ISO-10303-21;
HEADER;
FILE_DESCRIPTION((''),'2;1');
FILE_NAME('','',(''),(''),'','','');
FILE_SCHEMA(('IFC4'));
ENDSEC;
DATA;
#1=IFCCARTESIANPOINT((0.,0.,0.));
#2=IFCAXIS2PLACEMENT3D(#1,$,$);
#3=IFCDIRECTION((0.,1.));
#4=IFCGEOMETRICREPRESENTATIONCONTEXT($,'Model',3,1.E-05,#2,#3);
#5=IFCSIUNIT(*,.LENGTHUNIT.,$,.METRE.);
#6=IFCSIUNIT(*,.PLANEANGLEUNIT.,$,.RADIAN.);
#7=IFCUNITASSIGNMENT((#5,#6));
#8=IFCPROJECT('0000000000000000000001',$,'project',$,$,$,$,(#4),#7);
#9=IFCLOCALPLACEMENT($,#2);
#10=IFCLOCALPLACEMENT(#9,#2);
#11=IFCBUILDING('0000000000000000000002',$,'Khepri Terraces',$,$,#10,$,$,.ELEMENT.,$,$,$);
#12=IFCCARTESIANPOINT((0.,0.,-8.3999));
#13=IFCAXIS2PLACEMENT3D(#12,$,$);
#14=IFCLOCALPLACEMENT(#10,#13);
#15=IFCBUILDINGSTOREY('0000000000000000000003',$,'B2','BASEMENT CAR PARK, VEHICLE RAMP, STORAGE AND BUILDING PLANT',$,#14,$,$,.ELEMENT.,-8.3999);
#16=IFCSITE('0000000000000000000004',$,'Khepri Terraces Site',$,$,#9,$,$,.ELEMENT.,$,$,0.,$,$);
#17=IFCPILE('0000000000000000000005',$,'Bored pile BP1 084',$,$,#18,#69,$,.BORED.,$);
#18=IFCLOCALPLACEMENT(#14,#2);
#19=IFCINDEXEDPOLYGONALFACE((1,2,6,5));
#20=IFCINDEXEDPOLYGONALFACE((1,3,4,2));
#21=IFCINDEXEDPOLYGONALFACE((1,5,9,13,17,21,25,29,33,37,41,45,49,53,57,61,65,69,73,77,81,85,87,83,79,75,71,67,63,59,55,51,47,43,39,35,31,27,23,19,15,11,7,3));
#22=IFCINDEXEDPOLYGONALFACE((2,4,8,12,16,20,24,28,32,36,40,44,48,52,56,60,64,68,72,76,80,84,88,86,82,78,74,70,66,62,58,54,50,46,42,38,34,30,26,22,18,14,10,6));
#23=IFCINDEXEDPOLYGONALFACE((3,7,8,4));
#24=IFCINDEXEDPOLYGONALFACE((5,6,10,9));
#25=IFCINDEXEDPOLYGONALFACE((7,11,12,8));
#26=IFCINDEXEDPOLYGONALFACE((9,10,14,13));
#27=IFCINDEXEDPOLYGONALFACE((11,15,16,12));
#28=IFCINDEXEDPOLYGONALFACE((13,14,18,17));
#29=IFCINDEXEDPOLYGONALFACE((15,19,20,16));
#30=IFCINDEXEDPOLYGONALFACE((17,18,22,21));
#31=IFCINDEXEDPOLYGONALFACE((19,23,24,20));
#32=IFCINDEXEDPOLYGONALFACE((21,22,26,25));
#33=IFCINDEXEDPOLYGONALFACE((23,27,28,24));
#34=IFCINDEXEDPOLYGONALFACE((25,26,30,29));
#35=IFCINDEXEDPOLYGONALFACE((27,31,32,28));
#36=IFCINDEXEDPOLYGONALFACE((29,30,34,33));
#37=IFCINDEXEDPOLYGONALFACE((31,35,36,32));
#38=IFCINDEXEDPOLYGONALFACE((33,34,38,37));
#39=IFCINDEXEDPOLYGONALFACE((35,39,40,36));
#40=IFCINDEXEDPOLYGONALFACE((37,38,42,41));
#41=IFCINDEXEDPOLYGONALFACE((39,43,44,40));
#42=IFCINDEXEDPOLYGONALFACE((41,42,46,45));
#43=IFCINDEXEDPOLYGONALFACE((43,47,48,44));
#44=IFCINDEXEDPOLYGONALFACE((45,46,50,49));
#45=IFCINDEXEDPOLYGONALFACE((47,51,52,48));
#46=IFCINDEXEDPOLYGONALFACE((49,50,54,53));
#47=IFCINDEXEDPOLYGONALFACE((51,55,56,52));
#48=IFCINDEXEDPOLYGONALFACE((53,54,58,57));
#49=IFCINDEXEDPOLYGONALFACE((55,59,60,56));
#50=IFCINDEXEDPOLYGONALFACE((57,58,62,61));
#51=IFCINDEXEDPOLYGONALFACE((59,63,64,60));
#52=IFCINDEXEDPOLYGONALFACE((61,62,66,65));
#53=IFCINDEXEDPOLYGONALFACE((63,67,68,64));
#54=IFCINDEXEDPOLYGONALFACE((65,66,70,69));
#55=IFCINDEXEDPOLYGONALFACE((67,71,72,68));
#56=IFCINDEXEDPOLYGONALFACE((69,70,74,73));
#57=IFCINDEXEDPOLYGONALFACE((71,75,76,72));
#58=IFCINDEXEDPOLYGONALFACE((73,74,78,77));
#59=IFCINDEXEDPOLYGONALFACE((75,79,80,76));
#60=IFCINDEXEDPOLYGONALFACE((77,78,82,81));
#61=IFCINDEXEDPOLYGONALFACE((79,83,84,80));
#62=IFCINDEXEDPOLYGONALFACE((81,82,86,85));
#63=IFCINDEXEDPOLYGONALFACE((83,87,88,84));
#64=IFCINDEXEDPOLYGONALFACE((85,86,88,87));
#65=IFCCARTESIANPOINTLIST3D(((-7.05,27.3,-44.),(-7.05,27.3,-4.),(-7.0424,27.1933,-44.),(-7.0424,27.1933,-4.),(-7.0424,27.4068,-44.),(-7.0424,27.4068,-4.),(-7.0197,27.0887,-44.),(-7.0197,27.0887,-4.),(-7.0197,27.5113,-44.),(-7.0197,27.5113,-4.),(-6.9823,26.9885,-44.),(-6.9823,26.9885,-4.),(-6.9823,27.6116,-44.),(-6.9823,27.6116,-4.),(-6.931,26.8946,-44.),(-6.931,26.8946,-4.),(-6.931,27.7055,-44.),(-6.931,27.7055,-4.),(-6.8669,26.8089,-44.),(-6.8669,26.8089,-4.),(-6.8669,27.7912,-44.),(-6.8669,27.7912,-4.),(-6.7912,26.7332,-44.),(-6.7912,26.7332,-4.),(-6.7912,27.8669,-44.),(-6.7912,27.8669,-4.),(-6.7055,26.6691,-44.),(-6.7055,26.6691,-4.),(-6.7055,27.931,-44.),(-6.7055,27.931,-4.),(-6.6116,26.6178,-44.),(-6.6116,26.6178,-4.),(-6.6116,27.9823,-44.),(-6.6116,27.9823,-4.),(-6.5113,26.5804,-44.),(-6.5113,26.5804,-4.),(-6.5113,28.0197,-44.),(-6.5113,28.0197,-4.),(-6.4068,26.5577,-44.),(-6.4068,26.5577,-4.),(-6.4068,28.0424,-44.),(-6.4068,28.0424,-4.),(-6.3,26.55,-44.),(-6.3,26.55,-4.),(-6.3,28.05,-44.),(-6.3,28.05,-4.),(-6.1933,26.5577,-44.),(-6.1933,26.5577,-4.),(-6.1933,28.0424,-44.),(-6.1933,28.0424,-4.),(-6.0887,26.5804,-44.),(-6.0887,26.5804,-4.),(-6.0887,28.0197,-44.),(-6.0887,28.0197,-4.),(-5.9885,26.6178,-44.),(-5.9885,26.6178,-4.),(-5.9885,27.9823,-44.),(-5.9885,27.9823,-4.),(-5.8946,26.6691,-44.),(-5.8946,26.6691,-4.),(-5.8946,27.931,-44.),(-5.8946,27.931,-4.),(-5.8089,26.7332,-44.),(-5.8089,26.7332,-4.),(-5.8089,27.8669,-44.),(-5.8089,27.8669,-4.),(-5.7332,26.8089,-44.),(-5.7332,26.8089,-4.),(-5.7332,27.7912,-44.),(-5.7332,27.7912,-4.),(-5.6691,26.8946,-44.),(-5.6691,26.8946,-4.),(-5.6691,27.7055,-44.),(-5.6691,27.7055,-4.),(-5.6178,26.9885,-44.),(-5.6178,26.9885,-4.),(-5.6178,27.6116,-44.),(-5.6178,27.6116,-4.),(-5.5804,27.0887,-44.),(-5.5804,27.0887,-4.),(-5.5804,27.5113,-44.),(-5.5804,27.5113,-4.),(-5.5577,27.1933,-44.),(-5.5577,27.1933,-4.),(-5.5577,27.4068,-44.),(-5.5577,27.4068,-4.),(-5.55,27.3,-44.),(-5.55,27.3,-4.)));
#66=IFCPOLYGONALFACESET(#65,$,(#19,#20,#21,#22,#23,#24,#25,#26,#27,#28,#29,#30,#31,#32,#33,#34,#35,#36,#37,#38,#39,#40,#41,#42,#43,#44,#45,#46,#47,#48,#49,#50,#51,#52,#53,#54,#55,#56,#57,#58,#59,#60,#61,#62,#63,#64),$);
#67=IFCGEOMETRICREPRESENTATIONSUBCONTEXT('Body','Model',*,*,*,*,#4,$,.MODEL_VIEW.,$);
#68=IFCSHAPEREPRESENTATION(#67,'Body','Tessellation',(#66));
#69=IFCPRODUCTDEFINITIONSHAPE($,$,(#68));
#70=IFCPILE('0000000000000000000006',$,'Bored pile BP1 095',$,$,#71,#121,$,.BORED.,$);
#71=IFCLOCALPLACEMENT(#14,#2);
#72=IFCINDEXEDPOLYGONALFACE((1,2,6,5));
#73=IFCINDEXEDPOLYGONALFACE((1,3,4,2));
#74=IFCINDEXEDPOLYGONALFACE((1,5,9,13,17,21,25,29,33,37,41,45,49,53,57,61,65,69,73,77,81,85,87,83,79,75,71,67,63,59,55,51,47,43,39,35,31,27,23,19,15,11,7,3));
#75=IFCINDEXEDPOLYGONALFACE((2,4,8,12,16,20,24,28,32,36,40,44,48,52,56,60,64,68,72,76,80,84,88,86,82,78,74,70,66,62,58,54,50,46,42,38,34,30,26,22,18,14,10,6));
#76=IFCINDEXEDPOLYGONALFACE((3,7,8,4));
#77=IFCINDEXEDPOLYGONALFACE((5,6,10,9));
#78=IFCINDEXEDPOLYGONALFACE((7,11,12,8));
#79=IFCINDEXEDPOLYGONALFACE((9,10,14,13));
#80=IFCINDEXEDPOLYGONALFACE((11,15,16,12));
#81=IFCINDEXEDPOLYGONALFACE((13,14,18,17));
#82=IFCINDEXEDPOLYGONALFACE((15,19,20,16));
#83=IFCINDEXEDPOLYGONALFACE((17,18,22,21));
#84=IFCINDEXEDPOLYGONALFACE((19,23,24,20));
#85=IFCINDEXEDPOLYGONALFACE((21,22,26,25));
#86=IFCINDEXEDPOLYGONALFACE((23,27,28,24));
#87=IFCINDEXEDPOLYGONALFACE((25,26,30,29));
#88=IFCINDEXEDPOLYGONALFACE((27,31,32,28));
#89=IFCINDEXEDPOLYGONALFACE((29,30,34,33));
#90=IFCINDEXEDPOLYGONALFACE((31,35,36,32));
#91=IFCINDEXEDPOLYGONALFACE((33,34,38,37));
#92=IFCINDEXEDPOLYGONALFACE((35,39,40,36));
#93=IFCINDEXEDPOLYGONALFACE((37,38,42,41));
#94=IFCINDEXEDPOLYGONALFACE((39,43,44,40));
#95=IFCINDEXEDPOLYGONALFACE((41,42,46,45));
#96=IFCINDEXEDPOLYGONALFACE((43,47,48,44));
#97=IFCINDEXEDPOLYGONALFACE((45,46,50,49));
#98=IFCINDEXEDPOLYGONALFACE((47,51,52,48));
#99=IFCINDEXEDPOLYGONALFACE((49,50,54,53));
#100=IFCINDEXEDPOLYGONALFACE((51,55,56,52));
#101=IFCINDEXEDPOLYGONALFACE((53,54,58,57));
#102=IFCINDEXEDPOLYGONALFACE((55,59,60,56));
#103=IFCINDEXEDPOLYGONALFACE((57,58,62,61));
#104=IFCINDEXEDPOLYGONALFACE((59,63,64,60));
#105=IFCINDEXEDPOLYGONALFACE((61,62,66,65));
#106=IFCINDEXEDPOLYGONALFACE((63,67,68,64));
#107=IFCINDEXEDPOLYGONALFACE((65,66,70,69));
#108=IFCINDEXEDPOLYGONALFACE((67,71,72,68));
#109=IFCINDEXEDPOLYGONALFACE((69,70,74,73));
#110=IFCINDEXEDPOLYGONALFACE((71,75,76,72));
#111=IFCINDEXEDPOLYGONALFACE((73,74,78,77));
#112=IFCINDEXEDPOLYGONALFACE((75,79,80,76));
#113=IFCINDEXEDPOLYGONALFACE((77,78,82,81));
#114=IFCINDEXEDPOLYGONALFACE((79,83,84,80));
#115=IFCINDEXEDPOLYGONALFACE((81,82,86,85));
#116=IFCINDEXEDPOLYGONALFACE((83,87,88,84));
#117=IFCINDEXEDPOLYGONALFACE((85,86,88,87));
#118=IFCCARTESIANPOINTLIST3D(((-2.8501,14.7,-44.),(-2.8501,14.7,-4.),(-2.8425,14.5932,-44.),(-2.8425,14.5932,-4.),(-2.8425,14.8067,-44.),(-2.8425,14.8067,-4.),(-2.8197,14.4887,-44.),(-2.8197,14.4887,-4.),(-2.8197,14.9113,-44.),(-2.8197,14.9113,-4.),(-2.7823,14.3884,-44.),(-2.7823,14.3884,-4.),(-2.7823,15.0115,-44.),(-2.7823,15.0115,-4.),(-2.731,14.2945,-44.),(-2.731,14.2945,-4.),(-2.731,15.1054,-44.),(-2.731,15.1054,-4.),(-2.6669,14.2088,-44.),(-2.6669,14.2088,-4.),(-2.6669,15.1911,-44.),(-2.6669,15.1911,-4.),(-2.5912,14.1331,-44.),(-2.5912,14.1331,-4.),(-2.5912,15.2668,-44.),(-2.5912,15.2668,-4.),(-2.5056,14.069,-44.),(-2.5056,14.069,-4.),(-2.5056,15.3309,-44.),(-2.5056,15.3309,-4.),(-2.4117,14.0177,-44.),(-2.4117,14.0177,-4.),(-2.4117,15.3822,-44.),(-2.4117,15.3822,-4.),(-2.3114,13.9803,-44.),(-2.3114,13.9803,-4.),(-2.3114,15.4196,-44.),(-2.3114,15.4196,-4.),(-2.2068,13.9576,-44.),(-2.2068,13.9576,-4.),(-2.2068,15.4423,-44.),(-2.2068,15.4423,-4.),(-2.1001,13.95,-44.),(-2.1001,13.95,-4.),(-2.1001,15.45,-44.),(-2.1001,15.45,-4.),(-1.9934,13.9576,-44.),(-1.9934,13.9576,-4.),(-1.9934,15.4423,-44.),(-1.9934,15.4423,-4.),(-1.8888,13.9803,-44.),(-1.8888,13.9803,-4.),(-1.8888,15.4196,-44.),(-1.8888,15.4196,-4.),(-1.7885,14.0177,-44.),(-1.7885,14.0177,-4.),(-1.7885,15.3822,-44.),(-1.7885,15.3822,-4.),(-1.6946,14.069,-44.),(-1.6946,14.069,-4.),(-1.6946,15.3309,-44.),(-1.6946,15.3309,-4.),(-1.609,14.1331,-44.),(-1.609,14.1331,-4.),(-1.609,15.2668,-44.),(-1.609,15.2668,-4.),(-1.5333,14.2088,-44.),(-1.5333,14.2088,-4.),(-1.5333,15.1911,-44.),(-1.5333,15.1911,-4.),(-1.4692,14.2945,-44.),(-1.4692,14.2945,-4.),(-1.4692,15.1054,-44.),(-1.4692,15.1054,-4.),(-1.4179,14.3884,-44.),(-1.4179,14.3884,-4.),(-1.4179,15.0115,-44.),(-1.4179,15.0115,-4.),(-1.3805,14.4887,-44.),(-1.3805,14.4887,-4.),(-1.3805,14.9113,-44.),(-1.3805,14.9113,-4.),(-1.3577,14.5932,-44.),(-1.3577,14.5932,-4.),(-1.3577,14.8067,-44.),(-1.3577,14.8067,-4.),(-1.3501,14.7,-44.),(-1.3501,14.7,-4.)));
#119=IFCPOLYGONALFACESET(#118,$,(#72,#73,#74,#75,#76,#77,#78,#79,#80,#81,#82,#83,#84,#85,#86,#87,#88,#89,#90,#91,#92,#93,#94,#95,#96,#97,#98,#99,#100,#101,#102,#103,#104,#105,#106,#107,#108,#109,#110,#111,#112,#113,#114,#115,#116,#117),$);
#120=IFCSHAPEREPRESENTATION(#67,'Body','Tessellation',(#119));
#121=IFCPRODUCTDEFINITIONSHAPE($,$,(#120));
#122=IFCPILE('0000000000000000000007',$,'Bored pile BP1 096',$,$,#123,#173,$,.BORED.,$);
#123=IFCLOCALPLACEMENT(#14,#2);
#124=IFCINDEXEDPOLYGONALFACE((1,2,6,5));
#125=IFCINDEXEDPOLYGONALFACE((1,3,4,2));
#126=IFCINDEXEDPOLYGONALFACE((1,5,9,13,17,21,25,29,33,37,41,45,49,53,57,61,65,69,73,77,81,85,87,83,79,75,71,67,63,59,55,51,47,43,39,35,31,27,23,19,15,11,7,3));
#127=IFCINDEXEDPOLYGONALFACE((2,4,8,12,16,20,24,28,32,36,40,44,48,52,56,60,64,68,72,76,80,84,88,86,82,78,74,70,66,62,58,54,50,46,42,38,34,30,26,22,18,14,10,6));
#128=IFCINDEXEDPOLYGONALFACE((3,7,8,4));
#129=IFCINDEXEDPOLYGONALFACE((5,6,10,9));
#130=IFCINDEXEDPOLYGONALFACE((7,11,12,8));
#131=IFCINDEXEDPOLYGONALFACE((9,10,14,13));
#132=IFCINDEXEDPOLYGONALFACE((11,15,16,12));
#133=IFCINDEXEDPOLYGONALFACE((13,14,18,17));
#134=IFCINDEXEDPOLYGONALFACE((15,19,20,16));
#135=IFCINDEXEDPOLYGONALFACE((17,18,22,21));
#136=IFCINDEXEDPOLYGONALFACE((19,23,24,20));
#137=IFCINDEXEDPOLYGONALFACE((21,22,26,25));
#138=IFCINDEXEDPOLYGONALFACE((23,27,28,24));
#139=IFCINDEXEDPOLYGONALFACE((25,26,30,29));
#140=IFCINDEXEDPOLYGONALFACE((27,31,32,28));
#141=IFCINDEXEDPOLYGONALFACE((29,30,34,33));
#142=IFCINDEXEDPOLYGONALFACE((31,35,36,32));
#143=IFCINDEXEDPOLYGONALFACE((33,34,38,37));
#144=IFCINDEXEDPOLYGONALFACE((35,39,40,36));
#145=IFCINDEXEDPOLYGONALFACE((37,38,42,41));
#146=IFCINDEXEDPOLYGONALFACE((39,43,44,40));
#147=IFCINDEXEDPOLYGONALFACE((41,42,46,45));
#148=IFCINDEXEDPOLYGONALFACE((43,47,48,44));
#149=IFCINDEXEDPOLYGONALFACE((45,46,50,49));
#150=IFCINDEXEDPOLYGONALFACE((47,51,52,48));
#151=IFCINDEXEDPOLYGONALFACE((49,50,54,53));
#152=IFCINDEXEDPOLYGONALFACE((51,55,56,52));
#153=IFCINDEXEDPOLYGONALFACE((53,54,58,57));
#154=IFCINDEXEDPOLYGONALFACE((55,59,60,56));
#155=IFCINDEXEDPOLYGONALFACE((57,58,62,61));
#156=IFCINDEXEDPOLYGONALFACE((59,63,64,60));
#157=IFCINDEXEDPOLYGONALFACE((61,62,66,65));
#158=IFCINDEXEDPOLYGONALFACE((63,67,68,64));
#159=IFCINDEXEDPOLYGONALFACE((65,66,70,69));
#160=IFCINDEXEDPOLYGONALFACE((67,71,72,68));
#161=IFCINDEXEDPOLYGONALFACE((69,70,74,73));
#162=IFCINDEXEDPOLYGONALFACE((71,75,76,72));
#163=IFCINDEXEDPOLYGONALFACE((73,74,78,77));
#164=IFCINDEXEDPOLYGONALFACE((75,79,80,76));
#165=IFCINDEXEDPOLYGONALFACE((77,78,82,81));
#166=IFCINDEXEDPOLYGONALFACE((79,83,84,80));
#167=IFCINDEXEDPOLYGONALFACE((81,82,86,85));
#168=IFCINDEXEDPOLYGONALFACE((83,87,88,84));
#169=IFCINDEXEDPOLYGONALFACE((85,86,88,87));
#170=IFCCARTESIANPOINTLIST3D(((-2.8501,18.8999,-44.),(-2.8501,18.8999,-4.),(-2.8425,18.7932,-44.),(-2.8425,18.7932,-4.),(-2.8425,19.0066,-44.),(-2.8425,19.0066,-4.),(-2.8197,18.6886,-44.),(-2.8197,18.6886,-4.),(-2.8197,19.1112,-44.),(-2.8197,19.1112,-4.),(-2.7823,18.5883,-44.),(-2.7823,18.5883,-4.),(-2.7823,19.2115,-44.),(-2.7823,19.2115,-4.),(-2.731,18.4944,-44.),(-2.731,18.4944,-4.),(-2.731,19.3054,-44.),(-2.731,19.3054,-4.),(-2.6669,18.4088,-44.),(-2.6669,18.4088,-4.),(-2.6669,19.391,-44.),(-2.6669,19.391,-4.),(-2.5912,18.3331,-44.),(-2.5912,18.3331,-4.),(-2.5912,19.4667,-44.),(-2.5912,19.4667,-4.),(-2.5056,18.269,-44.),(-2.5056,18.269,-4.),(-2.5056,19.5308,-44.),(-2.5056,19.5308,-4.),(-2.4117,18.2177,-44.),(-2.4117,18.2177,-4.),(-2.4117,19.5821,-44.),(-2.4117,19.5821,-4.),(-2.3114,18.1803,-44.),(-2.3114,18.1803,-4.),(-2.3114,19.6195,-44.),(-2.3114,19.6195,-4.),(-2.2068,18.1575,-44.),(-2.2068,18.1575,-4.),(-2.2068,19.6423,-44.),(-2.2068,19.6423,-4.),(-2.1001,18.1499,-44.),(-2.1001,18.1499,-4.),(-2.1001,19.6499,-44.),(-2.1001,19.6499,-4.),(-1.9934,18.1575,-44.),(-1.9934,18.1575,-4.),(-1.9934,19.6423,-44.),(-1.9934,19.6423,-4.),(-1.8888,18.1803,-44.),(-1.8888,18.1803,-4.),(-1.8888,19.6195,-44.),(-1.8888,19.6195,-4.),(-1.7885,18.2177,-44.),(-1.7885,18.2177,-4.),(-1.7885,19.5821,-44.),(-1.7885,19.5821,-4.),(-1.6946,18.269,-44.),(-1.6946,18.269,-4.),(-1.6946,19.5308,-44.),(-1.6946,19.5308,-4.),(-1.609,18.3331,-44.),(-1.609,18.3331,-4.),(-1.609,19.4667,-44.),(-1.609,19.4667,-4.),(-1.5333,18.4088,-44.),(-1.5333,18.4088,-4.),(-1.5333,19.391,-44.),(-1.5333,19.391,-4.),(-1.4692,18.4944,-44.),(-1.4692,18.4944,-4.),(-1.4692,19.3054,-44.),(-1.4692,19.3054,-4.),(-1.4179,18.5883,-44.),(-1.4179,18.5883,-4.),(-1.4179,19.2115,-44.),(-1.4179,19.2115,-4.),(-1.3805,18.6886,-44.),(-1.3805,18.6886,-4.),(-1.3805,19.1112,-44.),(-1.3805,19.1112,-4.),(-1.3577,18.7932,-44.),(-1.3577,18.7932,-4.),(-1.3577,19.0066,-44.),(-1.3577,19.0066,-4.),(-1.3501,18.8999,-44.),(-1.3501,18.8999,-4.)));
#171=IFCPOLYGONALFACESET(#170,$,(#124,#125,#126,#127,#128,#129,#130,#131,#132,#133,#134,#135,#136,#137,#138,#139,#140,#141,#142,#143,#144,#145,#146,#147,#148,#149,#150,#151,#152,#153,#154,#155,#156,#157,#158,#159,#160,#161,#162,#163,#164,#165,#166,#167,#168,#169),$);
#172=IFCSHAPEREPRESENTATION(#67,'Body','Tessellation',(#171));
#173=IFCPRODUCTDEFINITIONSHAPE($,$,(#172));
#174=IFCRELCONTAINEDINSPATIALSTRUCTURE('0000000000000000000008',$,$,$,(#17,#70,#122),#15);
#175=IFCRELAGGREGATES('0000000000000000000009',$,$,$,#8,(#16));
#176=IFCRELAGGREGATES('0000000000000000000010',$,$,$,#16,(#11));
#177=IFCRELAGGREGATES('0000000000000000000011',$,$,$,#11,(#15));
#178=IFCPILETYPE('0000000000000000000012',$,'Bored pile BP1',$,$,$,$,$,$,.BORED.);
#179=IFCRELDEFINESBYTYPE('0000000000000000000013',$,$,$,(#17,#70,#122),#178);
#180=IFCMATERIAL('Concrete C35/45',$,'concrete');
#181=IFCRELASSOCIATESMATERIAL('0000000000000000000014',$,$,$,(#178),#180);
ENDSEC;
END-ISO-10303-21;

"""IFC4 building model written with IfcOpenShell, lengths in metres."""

from ifc_helpers import new_model, si_unit, direction, frame, origin, origin_2d, place, context, subcontext, project, spatial, circle, extrude, material, material_profile, profile_set, type_object, element, save


model = new_model("IFC4")

# Units and contexts
model_context = context("Model", 3, precision=1e-05, world=origin(), true_north=direction((0.0, 1.0)))
body_context = subcontext(model_context, "Body", "Model", "MODEL_VIEW")
ifc_project = project(units=[si_unit("LENGTHUNIT", "METRE"), si_unit("PLANEANGLEUNIT", "RADIAN")], contexts=[model_context])

# Site, building, storey
site_placement = place(None, origin())
site = spatial("IfcSite", under=ifc_project, at=site_placement, Name="Khepri Terraces Site", CompositionType="ELEMENT", RefElevation=0.0)
building_placement = place(site_placement, origin())
building = spatial("IfcBuilding", under=site, at=building_placement, Name="Khepri Terraces", CompositionType="ELEMENT")
storey_placement = place(building_placement, frame((0.0, 0.0, -8.3999)))
storey = spatial("IfcBuildingStorey", under=building, at=storey_placement, Name="B2", Description="BASEMENT CAR PARK, VEHICLE RAMP, STORAGE AND BUILDING PLANT", CompositionType="ELEMENT", Elevation=-8.3999)

# Piles
ifc_material_1 = material(Name="Concrete C35/45", Category="concrete")
ifc_material_profile_1 = material_profile(ifc_material_1, circle(Radius=0.75, at=origin_2d()), Name="Concrete C35/45", Category="concrete")
ifc_profile_set_1 = profile_set([ifc_material_profile_1], Name="Concrete C35/45")
pile_type = type_object("IfcPileType", Name="Bored pile BP1", PredefinedType="BORED", material=ifc_profile_set_1)
for number, where, z_axis, x_axis, name in (
    (1, (-6.3, 27.3, -4.0), (0.0, 0.0, -1.0), (1.0, 0.0, 0.0), "Bored pile BP1 084"),
    (2, (-2.1001, 14.7, -4.0), (0.0, 0.0, -1.0), (1.0, 0.0, 0.0), "Bored pile BP1 095"),
    (3, (-2.1001, 18.8999, -4.0), (0.0, 0.0, -1.0), (1.0, 0.0, 0.0), "Bored pile BP1 096"),
):
    element("IfcPile", number, at=place(storey_placement, frame(where, z_axis=z_axis, x_axis=x_axis)), inside=storey, type_object=pile_type, Name=name, PredefinedType="BORED", context=body_context, shape_type="SweptSolid", body=[
        extrude(circle(Radius=0.75, at=origin_2d()), origin(), (0.0, 0.0, 1.0), 40.0),
    ])

save(model, "model.ifc")
